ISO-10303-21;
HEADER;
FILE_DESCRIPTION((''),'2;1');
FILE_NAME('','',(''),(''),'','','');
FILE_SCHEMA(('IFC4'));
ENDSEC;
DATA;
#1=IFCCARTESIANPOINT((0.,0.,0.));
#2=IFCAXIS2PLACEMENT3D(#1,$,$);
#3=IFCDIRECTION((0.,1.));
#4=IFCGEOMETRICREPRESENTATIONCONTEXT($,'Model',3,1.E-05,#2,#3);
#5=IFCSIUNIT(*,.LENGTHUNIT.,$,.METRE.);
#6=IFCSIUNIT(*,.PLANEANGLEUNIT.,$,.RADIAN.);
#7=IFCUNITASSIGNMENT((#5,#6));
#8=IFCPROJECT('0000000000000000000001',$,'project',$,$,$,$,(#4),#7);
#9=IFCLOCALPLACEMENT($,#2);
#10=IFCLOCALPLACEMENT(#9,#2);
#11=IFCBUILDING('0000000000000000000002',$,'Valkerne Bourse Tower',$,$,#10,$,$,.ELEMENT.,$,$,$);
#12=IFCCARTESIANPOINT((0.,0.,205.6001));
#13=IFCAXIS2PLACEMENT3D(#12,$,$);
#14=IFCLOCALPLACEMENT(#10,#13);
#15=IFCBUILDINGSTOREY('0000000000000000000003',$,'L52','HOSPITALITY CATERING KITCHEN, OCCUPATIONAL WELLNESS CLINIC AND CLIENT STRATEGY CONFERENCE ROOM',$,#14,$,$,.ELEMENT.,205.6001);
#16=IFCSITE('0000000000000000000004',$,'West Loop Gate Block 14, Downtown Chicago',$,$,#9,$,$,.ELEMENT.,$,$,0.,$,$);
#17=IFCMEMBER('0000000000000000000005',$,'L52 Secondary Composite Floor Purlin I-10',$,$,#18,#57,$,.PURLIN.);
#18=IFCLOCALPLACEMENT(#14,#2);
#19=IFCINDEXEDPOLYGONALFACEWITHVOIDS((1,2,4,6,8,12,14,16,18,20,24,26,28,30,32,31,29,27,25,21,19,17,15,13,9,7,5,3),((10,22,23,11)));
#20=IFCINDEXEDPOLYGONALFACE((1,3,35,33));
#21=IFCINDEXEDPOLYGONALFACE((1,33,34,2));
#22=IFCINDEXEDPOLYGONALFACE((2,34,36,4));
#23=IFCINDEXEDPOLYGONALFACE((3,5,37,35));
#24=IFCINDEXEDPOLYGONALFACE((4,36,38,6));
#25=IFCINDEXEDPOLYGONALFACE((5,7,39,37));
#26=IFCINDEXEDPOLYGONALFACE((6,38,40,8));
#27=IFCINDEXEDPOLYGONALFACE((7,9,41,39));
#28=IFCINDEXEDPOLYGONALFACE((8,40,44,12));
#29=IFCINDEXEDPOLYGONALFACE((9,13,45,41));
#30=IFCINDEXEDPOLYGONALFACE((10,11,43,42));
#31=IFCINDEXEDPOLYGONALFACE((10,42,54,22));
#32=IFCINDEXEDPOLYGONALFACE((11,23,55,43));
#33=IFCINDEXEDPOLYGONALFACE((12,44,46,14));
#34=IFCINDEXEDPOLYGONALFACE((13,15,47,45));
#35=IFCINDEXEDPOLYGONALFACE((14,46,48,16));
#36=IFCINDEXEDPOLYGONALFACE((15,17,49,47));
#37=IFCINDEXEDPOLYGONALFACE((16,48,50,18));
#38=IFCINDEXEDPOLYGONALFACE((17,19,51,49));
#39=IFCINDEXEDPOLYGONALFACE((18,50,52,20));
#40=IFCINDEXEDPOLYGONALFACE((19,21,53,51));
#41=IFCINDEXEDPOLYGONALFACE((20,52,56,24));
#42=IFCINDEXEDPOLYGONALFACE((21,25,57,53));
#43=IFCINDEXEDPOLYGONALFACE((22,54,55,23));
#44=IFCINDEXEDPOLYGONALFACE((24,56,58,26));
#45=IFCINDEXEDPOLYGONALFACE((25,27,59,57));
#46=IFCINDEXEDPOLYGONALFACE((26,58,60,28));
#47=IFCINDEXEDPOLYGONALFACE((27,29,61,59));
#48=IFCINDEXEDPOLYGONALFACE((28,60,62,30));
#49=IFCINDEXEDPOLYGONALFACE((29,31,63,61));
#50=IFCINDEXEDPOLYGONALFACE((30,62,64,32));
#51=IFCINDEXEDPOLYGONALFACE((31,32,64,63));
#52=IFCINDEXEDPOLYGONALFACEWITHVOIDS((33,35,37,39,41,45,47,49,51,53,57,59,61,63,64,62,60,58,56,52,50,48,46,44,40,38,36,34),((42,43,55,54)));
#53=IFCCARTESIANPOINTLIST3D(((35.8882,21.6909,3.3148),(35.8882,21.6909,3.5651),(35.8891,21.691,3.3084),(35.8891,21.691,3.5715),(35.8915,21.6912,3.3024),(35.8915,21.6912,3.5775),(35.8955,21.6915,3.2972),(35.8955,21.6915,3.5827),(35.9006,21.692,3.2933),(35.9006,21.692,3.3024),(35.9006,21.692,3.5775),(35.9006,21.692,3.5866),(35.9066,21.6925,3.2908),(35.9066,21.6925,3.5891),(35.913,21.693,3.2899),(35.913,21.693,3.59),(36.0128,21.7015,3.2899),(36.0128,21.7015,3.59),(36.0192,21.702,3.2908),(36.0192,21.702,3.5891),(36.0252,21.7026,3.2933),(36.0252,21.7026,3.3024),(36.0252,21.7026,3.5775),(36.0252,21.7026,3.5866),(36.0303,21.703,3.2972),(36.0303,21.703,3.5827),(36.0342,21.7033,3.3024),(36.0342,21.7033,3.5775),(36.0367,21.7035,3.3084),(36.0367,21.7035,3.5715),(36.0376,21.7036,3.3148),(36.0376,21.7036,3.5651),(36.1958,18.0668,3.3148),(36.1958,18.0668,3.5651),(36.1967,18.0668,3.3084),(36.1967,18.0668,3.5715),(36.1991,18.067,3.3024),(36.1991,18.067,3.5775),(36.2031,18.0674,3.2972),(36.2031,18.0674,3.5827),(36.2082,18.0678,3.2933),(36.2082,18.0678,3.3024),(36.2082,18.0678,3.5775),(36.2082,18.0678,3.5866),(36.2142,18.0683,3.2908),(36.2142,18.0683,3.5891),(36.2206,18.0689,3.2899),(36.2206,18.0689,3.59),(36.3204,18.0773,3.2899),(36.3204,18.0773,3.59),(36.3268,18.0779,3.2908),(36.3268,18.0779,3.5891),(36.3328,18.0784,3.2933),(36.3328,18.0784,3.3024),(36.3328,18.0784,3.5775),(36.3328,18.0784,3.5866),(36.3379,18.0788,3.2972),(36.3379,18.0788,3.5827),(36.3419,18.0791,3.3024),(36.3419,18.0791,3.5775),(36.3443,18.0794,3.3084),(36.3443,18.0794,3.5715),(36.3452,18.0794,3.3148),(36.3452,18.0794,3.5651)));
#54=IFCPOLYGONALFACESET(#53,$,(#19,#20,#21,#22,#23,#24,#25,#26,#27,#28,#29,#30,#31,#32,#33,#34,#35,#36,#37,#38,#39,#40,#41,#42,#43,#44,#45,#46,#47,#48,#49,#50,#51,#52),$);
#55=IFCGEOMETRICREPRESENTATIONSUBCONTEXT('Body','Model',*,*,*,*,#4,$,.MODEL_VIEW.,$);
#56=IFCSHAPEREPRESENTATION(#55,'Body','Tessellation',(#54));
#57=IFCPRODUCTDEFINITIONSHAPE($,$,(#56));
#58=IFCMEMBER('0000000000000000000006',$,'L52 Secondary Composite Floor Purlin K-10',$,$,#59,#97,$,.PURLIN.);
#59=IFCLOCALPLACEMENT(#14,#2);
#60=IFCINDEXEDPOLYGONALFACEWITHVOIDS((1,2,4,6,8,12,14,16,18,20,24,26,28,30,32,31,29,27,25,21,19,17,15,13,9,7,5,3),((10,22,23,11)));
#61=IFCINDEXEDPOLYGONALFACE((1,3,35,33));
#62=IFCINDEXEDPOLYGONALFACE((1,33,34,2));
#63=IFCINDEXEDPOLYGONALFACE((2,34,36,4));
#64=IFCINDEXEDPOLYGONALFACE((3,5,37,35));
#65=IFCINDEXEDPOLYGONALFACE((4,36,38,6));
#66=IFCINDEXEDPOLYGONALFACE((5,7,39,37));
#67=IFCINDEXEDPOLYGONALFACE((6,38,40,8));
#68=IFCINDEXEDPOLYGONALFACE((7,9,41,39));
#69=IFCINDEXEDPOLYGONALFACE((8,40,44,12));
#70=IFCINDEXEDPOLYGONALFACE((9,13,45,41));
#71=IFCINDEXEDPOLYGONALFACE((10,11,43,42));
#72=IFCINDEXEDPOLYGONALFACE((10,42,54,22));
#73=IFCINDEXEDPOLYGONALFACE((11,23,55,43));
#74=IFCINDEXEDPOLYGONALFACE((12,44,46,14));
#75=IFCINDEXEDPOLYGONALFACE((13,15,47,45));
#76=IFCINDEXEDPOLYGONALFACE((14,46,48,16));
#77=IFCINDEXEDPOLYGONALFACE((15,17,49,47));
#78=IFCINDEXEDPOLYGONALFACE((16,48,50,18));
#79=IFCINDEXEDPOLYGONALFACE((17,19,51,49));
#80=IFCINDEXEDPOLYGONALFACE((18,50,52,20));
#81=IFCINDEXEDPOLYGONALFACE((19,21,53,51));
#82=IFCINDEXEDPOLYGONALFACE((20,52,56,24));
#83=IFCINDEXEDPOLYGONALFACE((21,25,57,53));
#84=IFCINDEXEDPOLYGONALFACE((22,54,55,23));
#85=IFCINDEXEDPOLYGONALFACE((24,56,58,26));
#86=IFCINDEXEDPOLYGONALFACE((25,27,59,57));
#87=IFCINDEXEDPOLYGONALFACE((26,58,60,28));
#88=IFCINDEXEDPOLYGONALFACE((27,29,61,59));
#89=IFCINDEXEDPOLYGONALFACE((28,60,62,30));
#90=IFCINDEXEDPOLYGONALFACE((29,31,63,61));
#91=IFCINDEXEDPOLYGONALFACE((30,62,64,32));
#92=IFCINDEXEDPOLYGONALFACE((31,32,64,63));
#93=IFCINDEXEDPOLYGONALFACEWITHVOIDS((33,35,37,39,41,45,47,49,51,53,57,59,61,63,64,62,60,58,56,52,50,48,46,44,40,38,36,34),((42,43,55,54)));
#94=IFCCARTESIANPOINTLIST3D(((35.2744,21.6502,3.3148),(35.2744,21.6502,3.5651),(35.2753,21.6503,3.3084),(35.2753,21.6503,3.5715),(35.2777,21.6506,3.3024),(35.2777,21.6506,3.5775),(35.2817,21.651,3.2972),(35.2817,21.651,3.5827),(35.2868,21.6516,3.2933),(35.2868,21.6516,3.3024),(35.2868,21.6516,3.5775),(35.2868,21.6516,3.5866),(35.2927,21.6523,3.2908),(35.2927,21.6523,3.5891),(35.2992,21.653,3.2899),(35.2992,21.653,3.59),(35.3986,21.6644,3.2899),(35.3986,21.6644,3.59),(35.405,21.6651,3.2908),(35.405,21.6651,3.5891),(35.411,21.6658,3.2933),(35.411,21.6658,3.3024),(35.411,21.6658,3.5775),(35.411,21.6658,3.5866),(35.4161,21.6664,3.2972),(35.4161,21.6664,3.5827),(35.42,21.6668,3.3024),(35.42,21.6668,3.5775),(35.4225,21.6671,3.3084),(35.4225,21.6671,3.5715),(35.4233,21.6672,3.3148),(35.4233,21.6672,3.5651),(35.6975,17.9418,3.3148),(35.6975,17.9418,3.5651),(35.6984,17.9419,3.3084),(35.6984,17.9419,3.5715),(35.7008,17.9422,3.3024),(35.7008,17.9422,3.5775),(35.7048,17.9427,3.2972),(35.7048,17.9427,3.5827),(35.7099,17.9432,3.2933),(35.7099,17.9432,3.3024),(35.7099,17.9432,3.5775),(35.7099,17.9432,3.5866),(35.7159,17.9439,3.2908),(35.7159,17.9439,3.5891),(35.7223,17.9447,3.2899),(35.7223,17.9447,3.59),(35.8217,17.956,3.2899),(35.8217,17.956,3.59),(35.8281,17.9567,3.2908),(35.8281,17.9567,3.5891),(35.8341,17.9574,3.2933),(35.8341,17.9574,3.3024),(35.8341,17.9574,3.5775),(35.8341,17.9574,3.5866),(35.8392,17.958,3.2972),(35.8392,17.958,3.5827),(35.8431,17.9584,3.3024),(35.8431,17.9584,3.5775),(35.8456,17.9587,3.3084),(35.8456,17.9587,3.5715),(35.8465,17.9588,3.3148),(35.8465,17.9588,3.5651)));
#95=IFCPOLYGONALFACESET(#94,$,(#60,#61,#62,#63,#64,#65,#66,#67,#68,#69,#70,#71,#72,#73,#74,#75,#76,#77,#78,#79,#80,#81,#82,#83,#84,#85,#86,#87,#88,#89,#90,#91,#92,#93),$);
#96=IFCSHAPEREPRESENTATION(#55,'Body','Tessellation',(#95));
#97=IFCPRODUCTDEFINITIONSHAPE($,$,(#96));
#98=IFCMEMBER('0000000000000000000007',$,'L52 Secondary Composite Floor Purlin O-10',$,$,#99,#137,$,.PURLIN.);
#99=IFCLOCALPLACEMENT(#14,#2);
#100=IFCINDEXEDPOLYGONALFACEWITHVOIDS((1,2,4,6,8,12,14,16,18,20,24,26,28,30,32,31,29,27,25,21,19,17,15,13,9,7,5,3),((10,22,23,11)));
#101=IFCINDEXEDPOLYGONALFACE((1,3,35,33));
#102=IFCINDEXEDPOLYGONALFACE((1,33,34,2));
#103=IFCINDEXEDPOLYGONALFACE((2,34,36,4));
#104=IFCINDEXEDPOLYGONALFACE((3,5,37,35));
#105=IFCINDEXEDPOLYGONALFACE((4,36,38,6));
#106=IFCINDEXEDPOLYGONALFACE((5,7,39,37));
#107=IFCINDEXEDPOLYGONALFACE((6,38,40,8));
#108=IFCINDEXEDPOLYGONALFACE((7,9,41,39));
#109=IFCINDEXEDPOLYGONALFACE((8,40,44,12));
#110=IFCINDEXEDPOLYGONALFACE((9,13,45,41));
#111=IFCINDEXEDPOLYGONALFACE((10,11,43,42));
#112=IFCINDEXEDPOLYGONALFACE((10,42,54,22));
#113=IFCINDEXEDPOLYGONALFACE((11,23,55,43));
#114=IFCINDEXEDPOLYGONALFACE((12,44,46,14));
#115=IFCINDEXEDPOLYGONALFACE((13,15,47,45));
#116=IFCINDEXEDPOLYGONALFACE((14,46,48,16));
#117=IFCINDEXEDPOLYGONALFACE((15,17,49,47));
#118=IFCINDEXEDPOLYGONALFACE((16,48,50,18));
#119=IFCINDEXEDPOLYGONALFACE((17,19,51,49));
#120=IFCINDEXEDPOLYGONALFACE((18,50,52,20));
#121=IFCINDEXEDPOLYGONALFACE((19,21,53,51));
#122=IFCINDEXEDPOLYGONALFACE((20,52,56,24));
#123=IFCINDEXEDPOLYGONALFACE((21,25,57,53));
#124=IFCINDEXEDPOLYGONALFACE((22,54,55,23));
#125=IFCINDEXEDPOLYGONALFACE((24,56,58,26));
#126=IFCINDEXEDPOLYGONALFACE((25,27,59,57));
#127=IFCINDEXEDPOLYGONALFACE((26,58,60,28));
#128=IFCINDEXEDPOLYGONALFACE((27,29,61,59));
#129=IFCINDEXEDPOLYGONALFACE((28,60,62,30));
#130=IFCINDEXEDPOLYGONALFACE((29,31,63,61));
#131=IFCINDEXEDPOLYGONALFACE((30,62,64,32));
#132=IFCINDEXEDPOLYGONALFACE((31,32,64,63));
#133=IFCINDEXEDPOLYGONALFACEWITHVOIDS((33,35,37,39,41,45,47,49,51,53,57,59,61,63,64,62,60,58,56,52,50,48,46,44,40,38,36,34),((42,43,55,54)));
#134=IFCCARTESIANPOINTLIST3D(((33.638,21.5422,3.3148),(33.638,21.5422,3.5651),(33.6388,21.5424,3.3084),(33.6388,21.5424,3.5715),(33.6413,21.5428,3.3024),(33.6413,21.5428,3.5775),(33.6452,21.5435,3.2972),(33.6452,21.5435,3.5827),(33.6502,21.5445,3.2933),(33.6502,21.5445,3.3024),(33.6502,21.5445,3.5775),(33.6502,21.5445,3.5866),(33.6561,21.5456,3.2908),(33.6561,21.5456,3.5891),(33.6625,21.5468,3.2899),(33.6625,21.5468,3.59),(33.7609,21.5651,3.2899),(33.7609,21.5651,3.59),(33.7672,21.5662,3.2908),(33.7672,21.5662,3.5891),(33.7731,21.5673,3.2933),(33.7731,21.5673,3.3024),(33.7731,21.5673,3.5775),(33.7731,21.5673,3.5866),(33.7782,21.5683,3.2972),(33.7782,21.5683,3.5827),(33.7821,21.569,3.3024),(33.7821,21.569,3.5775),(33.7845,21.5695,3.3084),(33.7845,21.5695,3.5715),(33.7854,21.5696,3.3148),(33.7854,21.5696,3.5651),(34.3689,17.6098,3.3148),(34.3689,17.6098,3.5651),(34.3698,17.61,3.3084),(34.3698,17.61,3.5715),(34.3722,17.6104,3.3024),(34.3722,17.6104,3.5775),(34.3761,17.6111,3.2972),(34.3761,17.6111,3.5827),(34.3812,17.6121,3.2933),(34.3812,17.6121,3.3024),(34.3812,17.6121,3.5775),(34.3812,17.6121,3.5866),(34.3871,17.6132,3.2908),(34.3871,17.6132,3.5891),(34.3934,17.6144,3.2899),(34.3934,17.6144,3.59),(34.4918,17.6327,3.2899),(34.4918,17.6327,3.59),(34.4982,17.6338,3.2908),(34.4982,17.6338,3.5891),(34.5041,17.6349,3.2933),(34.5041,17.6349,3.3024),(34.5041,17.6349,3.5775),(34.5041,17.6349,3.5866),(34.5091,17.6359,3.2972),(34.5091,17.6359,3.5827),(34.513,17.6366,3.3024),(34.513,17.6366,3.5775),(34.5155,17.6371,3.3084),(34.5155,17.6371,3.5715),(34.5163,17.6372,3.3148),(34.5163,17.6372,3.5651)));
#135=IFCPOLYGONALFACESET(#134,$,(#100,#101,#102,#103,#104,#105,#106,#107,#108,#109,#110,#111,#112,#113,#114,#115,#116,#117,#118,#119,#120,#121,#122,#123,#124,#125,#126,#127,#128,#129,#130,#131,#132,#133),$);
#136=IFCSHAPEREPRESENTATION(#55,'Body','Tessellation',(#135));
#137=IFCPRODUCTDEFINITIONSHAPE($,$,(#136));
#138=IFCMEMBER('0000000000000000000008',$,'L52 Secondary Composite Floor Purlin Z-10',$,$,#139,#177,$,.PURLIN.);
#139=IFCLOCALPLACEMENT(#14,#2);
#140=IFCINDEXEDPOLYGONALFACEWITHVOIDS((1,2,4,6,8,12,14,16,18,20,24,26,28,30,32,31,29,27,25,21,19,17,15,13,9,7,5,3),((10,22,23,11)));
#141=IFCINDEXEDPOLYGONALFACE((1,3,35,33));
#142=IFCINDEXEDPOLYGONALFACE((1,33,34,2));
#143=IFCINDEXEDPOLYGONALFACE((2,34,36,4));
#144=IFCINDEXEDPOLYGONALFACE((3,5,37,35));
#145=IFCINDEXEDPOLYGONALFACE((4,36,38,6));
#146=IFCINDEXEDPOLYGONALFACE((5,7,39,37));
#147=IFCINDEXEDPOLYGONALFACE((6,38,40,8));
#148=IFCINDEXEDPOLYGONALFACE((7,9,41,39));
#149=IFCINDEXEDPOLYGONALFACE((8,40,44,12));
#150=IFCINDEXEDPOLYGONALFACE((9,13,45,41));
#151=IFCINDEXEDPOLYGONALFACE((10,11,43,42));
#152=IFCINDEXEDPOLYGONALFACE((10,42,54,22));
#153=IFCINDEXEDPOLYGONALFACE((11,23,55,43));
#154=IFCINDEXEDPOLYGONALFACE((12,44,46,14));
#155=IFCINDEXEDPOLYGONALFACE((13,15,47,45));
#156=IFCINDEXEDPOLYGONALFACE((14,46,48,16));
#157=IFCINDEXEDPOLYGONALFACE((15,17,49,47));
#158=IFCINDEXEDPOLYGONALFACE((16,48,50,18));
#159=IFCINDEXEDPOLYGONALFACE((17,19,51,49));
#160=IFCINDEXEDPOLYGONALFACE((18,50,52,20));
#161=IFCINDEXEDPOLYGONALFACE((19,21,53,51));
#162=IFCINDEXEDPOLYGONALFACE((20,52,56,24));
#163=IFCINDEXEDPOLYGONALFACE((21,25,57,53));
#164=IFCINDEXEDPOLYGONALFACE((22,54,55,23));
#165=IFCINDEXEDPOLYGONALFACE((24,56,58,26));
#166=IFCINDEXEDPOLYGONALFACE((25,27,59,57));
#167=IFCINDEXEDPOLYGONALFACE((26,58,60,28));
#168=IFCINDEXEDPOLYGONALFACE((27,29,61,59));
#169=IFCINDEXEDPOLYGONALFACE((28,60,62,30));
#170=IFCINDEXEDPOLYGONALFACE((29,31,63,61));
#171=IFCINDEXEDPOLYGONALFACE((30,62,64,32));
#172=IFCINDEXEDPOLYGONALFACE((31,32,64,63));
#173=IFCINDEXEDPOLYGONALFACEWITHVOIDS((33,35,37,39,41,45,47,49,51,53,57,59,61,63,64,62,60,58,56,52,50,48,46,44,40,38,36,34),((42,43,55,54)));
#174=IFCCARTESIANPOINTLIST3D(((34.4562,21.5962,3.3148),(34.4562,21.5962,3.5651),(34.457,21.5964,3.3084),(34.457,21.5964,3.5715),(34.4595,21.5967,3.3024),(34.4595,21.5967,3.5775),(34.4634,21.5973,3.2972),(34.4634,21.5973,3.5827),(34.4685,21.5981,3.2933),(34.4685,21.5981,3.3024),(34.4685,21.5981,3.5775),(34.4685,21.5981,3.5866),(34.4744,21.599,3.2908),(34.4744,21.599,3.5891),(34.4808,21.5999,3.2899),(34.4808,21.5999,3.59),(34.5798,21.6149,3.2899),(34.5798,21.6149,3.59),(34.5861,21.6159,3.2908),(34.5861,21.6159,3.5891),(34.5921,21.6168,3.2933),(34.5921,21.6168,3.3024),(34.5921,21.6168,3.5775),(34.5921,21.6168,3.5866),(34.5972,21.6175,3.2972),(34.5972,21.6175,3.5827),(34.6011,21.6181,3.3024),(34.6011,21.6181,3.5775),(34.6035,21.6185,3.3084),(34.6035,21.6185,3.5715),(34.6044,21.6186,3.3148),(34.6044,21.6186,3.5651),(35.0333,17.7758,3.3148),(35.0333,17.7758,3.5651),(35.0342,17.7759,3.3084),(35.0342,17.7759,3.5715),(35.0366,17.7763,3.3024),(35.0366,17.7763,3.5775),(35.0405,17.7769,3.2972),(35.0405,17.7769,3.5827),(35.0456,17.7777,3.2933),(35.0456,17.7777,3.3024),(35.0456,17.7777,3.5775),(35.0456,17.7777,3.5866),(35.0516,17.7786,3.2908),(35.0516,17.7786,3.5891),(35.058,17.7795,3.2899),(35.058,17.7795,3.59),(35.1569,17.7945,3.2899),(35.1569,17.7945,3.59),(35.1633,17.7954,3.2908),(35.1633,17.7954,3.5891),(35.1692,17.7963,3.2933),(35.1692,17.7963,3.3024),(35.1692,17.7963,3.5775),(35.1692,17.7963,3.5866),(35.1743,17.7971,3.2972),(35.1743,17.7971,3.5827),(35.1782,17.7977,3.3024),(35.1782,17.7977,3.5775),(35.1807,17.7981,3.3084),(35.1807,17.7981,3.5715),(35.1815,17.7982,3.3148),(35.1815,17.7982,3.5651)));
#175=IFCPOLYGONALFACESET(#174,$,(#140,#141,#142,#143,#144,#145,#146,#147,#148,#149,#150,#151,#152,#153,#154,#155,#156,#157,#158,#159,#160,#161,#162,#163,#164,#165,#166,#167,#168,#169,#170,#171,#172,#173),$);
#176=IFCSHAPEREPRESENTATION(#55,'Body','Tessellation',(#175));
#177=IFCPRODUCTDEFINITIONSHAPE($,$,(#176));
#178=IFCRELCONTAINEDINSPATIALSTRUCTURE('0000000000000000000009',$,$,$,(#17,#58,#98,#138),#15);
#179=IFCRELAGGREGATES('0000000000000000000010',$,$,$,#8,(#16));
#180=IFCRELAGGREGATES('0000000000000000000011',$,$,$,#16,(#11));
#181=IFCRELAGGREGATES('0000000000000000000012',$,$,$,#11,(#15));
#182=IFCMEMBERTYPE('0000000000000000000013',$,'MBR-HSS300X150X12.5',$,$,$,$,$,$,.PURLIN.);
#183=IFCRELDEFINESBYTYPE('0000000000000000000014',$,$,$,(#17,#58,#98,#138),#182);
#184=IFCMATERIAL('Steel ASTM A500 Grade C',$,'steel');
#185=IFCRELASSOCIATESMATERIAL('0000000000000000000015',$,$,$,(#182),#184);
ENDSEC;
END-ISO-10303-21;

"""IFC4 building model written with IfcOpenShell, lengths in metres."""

from ifc_helpers import new_model, si_unit, direction, frame, origin, origin_2d, place, context, subcontext, project, spatial, hollow_rectangle, extrude, material, material_profile, profile_set, type_object, element, save


model = new_model("IFC4")

# Units and contexts
model_context = context("Model", 3, precision=1e-05, world=origin(), true_north=direction((0.0, 1.0)))
body_context = subcontext(model_context, "Body", "Model", "MODEL_VIEW")
ifc_project = project(units=[si_unit("LENGTHUNIT", "METRE"), si_unit("PLANEANGLEUNIT", "RADIAN")], contexts=[model_context])

# Site, building, storey
site_placement = place(None, origin())
site = spatial("IfcSite", under=ifc_project, at=site_placement, Name="West Loop Gate Block 14, Downtown Chicago", CompositionType="ELEMENT", RefElevation=0.0)
building_placement = place(site_placement, origin())
building = spatial("IfcBuilding", under=site, at=building_placement, Name="Valkerne Bourse Tower", CompositionType="ELEMENT")
storey_placement = place(building_placement, frame((0.0, 0.0, 205.6001)))
storey = spatial("IfcBuildingStorey", under=building, at=storey_placement, Name="L52", Description="HOSPITALITY CATERING KITCHEN, OCCUPATIONAL WELLNESS CLINIC AND CLIENT STRATEGY CONFERENCE ROOM", CompositionType="ELEMENT", Elevation=205.6001)

# Members
ifc_material_1 = material(Name="Steel ASTM A500 Grade C", Category="steel")
ifc_material_profile_1 = material_profile(ifc_material_1, hollow_rectangle(XDim=0.1499, YDim=0.3, WallThickness=0.0125, OuterFilletRadius=0.0249, at=origin_2d()), Name="HSS300X150X12.5")
ifc_profile_set_1 = profile_set([ifc_material_profile_1], Name="Steel ASTM A500 Grade C")
member_type_1 = type_object("IfcMemberType", Name="MBR-HSS300X150X12.5", PredefinedType="PURLIN", material=ifc_profile_set_1)
member_1_placement = place(storey_placement, frame((35.9629, 21.6973, 3.4399), z_axis=(0.084573, -0.996417, 0.0), x_axis=(0.996417, 0.084573, 0.0)))
element("IfcMember", 1, at=member_1_placement, inside=storey, type_object=member_type_1, Name="L52 Secondary Composite Floor Purlin I-10", PredefinedType="PURLIN", context=body_context, shape_type="SweptSolid", body=[
    extrude(hollow_rectangle(XDim=0.1499, YDim=0.3, WallThickness=0.0125, OuterFilletRadius=0.0249, at=origin_2d()), origin(), (0.0, 0.0, 1.0), 3.6372),
])
member_2_placement = place(storey_placement, frame((35.3489, 21.6587, 3.4399), z_axis=(0.11336, -0.993554, 0.0), x_axis=(0.993554, 0.11336, 0.0)))
element("IfcMember", 2, at=member_2_placement, inside=storey, type_object=member_type_1, Name="L52 Secondary Composite Floor Purlin K-10", PredefinedType="PURLIN", context=body_context, shape_type="SweptSolid", body=[
    extrude(hollow_rectangle(XDim=0.1499, YDim=0.3, WallThickness=0.0125, OuterFilletRadius=0.0249, at=origin_2d()), origin(), (0.0, 0.0, 1.0), 3.7324),
])
member_3_placement = place(storey_placement, frame((33.7117, 21.5559, 3.4399), z_axis=(0.182752, -0.983159, 0.0), x_axis=(0.983159, 0.182752, 0.0)))
element("IfcMember", 3, at=member_3_placement, inside=storey, type_object=member_type_1, Name="L52 Secondary Composite Floor Purlin O-10", PredefinedType="PURLIN", context=body_context, shape_type="SweptSolid", body=[
    extrude(hollow_rectangle(XDim=0.1499, YDim=0.3, WallThickness=0.0125, OuterFilletRadius=0.0249, at=origin_2d()), origin(), (0.0, 0.0, 1.0), 3.9998),
])
member_4_placement = place(storey_placement, frame((34.5303, 21.6074, 3.4399), z_axis=(0.149379, -0.98878, 0.0), x_axis=(0.98878, 0.149379, 0.0)))
element("IfcMember", 4, at=member_4_placement, inside=storey, type_object=member_type_1, Name="L52 Secondary Composite Floor Purlin Z-10", PredefinedType="PURLIN", context=body_context, shape_type="SweptSolid", body=[
    extrude(hollow_rectangle(XDim=0.1499, YDim=0.3, WallThickness=0.0125, OuterFilletRadius=0.0249, at=origin_2d()), origin(), (0.0, 0.0, 1.0), 3.8638),
])

save(model, "model.ifc")
